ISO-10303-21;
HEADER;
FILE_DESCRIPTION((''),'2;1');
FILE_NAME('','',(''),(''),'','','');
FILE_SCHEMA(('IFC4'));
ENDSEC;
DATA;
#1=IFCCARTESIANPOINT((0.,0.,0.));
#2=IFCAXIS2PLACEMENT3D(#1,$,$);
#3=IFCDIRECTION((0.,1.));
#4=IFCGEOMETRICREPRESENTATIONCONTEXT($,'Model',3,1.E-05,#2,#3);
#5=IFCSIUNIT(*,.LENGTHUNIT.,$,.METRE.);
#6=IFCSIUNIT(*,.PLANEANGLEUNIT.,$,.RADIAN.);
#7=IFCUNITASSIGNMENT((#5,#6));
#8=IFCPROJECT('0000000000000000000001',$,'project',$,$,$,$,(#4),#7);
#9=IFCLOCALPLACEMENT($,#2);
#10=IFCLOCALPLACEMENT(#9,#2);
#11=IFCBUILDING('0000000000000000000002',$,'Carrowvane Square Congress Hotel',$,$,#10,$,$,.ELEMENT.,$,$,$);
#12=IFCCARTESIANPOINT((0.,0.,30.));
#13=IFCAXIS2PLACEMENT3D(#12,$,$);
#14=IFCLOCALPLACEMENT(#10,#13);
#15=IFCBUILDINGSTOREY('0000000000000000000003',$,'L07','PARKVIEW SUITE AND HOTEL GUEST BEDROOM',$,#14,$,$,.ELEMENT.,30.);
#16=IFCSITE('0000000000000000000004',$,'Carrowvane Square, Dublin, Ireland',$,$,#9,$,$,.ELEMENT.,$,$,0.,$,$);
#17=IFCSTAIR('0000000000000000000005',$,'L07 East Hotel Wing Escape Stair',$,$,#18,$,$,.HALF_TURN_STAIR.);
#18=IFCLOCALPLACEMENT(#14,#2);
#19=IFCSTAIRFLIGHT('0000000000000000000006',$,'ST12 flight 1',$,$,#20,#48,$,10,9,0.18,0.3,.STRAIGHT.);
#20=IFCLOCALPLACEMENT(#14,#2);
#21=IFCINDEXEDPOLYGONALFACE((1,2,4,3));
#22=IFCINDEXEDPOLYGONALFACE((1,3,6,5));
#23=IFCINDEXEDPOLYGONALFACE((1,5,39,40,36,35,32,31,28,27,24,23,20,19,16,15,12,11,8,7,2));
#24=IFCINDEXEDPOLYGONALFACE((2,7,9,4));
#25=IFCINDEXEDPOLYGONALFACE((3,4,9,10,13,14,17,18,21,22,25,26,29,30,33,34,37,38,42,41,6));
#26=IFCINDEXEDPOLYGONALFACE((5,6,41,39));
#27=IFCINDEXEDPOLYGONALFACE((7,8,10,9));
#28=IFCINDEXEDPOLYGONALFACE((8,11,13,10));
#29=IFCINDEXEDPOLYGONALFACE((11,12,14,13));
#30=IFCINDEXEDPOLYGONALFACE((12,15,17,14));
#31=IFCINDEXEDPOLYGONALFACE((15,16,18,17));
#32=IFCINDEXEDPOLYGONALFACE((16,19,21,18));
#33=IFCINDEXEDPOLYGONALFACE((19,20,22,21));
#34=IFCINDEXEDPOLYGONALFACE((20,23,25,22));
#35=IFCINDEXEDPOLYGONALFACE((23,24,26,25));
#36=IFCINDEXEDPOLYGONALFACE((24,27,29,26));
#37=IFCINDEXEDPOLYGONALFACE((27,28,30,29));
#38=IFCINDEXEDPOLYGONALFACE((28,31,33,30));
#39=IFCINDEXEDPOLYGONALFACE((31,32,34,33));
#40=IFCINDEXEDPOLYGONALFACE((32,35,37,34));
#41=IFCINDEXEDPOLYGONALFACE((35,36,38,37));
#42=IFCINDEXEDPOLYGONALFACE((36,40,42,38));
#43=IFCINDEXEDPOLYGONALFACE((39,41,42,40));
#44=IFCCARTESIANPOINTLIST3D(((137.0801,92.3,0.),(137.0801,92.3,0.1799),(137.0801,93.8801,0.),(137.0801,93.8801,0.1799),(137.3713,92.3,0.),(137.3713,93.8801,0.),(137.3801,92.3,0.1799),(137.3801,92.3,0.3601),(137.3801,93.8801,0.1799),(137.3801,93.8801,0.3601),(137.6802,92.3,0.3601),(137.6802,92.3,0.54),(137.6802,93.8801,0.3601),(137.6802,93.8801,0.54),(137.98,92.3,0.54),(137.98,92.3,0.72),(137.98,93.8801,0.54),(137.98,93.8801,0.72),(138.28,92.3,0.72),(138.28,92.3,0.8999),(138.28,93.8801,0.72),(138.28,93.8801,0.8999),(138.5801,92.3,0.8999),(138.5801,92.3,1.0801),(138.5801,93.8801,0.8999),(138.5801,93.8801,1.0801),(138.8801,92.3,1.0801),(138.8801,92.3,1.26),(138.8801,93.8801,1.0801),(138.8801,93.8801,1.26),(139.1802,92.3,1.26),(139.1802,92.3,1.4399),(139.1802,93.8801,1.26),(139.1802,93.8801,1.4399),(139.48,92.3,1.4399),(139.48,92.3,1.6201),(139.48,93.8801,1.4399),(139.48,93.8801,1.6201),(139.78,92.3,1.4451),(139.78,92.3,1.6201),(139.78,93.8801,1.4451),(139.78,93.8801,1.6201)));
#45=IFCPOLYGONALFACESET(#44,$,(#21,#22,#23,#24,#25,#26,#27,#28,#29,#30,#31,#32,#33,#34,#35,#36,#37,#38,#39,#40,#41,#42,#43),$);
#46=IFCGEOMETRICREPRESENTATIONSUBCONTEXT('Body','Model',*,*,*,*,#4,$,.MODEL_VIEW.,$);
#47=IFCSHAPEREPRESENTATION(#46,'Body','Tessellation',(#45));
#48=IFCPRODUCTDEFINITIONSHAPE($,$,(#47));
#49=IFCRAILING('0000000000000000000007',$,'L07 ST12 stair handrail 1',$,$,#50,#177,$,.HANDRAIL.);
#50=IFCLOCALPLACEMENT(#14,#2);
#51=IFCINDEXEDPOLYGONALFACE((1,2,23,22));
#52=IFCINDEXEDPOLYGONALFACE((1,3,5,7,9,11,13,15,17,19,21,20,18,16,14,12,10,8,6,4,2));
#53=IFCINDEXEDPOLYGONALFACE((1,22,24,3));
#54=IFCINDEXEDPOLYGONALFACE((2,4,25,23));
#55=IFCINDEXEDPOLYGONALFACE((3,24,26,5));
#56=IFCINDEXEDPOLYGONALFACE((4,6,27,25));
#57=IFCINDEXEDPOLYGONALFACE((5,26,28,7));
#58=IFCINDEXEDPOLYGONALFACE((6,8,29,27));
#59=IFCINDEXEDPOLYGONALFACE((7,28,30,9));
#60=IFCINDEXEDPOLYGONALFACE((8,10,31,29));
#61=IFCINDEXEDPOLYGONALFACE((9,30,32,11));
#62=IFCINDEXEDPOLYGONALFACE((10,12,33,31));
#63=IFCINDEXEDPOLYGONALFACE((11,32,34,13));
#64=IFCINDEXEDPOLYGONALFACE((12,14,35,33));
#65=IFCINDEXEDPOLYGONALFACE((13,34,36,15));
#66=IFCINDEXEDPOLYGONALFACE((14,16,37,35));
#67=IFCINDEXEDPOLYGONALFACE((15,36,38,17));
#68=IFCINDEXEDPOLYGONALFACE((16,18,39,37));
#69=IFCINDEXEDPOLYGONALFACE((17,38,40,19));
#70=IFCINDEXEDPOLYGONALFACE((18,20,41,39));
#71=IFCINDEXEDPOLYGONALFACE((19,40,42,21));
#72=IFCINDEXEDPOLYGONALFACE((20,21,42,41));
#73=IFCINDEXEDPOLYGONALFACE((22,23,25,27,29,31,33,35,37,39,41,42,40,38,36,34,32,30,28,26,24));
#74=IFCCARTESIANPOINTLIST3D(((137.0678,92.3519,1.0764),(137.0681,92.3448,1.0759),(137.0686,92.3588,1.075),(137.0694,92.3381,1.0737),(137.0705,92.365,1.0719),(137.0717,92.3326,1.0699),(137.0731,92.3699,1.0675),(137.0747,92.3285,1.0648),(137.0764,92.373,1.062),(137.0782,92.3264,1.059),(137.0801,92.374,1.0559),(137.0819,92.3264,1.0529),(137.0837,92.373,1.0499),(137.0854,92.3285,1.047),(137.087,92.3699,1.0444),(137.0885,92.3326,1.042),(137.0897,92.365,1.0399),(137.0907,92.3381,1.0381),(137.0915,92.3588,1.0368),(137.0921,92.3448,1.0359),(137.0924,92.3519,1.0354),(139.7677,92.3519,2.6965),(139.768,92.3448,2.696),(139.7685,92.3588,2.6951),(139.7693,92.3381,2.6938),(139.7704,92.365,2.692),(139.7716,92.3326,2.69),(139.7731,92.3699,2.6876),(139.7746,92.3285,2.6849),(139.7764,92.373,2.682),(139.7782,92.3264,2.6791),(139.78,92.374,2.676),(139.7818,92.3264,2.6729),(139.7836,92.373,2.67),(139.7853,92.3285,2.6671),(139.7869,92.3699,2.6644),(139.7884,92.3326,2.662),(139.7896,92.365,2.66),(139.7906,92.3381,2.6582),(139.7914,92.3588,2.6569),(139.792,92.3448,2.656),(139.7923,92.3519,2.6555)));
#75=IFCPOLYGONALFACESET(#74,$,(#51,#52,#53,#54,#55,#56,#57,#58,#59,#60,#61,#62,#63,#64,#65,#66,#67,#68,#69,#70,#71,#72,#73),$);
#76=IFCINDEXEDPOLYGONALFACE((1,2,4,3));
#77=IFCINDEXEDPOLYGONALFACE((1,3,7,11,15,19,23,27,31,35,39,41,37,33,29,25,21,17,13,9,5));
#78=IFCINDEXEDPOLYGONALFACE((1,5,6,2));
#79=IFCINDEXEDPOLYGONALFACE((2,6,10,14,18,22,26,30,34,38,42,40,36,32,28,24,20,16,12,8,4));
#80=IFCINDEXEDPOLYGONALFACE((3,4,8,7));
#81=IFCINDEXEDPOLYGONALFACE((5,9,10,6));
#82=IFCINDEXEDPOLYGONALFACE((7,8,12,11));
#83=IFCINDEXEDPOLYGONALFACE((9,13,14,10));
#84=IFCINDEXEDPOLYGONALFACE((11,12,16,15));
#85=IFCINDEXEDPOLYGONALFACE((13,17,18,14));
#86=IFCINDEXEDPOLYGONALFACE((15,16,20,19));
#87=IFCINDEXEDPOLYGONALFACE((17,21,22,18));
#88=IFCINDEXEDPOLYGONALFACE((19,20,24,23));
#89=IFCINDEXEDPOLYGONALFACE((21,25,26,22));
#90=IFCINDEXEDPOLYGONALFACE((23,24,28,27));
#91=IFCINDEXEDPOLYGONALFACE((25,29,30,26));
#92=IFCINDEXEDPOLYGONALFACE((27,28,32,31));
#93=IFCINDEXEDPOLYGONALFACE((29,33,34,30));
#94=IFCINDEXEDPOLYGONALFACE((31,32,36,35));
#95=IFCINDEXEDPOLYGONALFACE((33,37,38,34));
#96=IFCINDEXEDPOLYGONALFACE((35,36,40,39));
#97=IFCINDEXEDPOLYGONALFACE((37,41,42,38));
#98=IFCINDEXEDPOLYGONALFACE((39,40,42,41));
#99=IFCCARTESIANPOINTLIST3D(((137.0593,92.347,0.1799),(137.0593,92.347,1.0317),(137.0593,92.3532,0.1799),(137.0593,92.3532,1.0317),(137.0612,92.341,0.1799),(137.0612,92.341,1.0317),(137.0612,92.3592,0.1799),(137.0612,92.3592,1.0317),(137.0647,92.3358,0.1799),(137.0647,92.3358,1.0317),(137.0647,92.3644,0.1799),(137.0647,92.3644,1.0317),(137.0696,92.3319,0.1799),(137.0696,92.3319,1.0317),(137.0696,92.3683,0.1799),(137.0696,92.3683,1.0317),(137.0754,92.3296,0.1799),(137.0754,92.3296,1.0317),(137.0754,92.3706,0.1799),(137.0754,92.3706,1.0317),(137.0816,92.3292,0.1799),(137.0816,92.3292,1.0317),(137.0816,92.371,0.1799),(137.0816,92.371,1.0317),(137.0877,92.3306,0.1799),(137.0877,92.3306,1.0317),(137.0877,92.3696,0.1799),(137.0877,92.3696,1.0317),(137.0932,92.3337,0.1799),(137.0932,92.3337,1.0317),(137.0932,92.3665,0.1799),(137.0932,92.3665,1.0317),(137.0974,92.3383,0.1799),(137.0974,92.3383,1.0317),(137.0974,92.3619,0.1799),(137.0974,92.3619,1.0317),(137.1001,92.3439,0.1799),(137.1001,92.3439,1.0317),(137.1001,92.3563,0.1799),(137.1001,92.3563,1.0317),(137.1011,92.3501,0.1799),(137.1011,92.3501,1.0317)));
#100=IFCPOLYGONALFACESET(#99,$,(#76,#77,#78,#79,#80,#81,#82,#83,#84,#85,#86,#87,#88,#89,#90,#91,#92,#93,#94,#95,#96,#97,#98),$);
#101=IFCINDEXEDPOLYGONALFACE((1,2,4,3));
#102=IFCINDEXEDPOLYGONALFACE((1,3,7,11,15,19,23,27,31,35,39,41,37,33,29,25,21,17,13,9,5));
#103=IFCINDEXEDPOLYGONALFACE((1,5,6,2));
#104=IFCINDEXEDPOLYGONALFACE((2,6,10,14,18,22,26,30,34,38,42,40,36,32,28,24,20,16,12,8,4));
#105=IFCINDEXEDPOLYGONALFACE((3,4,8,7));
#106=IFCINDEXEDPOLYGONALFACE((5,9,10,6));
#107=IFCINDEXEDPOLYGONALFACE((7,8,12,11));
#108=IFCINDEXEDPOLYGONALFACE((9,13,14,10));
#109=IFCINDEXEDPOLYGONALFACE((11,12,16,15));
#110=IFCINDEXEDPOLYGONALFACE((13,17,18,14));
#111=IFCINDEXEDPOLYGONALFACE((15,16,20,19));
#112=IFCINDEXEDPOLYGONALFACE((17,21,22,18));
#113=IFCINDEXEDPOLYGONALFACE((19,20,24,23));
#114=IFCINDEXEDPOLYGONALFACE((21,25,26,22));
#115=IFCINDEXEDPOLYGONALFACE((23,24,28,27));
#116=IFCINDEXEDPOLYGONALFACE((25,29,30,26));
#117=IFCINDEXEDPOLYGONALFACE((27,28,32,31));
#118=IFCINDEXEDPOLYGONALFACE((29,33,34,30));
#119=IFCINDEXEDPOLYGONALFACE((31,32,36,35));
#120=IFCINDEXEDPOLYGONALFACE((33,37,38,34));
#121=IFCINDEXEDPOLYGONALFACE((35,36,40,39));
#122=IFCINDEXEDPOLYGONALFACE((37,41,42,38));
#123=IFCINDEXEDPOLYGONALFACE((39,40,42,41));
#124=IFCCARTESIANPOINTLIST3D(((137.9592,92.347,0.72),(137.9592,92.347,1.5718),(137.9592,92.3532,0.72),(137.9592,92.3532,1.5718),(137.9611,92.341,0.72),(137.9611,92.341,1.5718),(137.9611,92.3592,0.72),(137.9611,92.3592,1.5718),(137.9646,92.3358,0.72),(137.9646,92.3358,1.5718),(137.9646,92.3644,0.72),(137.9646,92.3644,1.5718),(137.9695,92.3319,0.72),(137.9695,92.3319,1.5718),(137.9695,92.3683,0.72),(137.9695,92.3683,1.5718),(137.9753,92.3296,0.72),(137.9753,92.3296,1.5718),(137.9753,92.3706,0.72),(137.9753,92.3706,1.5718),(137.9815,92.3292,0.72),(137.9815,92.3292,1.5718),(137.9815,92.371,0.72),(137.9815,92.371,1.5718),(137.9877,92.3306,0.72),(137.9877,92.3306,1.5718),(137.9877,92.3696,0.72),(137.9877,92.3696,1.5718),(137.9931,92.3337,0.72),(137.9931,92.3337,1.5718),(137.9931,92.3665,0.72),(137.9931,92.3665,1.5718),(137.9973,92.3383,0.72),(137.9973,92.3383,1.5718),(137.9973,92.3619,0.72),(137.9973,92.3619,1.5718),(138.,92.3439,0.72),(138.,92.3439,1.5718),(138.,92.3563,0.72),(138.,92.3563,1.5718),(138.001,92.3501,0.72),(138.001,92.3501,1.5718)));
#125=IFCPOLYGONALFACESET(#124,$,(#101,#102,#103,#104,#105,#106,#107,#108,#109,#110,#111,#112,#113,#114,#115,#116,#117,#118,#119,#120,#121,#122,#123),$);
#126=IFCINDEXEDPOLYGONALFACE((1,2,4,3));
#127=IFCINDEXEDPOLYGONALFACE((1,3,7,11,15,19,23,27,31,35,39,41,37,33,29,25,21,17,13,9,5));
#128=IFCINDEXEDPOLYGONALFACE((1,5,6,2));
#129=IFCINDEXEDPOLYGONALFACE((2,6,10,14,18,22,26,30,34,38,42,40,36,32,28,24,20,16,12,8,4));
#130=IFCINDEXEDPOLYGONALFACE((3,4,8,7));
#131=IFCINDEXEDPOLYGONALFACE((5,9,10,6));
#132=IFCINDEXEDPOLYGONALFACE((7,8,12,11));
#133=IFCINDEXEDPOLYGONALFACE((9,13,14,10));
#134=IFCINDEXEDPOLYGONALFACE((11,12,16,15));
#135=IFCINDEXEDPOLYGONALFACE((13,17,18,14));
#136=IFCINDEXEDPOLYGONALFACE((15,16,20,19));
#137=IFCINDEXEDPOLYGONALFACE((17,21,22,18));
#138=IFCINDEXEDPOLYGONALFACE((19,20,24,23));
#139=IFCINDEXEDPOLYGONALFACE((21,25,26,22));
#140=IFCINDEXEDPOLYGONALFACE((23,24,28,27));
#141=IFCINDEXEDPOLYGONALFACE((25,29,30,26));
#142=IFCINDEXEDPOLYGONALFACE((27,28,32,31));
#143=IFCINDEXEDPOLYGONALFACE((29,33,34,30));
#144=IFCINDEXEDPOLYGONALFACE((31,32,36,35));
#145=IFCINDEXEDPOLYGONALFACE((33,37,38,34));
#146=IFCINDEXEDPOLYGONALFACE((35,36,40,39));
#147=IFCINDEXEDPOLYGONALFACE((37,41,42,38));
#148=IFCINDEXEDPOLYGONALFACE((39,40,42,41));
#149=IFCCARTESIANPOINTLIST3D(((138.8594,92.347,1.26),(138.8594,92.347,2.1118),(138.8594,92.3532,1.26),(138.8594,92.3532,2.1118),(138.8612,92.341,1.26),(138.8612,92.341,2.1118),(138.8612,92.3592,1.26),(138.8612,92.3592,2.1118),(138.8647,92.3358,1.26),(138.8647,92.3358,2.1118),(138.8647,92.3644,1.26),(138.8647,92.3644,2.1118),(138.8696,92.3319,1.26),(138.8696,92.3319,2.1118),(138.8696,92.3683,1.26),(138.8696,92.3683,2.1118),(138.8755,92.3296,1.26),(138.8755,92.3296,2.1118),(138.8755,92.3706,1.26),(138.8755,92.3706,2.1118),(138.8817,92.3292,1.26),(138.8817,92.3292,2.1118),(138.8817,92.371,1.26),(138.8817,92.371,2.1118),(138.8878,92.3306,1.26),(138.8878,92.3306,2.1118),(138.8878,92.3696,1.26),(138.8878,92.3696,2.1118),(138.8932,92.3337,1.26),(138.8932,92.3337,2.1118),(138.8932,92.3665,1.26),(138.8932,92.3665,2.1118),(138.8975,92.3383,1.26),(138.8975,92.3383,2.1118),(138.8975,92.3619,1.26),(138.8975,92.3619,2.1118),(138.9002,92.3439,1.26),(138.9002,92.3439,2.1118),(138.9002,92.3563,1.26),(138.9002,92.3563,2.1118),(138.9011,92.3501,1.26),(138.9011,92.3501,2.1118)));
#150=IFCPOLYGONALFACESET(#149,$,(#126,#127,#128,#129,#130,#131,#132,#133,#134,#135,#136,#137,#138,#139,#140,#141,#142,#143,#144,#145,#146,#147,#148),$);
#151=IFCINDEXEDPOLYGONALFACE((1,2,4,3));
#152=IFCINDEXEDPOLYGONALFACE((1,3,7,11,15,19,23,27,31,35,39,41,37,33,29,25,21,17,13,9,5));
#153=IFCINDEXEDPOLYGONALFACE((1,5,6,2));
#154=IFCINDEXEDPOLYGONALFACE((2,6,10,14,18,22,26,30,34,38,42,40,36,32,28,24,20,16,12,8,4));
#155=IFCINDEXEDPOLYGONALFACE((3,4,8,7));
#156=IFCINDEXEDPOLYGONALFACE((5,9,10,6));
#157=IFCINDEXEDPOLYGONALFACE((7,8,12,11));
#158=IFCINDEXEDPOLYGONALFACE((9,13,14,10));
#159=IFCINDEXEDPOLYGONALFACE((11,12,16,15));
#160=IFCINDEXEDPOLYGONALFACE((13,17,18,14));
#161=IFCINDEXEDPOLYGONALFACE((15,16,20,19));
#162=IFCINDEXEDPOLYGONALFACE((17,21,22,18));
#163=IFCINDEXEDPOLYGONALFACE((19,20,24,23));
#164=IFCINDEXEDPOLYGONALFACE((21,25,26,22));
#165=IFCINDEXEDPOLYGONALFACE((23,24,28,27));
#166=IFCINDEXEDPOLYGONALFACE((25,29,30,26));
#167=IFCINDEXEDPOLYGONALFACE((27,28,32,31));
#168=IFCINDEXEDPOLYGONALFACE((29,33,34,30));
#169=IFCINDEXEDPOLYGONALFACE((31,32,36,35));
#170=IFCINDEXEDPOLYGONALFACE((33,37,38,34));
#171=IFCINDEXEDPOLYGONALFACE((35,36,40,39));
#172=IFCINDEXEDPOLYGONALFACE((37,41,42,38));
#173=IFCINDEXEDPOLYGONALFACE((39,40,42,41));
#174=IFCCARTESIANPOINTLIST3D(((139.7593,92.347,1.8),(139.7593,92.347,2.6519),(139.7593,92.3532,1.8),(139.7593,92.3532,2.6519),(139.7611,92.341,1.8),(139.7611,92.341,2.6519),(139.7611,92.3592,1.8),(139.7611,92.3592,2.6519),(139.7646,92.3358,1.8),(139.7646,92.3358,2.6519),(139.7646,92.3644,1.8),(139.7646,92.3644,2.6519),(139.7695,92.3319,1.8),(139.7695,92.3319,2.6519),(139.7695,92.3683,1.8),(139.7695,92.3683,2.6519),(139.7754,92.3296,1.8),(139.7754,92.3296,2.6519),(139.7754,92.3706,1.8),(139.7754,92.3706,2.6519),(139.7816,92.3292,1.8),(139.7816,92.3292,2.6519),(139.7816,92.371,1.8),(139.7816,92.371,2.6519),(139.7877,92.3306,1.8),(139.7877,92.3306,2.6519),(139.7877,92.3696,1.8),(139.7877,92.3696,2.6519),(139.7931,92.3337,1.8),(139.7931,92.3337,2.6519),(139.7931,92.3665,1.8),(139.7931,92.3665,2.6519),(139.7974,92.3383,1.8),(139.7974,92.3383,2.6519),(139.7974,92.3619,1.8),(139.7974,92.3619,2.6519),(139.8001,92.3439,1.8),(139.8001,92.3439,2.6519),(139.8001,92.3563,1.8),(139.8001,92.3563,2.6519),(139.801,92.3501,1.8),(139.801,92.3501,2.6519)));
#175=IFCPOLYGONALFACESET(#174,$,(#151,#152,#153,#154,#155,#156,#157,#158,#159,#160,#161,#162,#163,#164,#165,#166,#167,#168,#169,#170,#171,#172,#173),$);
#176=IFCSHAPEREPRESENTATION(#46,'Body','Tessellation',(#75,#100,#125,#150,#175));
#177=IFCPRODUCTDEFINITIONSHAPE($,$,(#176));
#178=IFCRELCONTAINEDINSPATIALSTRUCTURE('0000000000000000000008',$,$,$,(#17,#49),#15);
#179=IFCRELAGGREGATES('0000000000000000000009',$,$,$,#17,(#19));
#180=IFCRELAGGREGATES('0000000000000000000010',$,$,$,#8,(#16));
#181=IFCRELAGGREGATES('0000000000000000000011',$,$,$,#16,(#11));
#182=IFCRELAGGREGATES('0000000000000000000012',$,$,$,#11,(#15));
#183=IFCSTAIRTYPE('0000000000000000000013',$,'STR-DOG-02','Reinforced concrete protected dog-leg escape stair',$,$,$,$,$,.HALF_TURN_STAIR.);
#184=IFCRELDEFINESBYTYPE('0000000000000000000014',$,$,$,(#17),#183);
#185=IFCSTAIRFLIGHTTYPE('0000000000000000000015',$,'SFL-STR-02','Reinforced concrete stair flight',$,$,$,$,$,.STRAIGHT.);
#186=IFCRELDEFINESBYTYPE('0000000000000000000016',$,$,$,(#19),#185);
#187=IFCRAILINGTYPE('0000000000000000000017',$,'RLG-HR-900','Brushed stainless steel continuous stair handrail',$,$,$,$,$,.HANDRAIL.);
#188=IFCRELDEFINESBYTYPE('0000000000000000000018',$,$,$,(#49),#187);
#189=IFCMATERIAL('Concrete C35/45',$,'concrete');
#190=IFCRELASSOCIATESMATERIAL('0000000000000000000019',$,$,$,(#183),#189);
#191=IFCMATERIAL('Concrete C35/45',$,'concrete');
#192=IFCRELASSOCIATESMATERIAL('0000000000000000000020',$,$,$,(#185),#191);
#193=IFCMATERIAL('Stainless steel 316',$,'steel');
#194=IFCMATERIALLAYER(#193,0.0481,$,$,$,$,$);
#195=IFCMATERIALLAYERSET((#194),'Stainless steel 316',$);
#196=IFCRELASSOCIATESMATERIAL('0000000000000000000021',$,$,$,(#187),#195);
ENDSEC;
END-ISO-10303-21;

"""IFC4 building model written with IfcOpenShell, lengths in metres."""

from ifc_helpers import new_model, si_unit, direction, frame, origin, origin_2d, place, context, subcontext, project, spatial, polyline, circle, outline, extrude, material, layer, layer_set, type_object, element, aggregate, save


model = new_model("IFC4")

# Units and contexts
model_context = context("Model", 3, precision=1e-05, world=origin(), true_north=direction((0.0, 1.0)))
body_context = subcontext(model_context, "Body", "Model", "MODEL_VIEW")
ifc_project = project(units=[si_unit("LENGTHUNIT", "METRE"), si_unit("PLANEANGLEUNIT", "RADIAN")], contexts=[model_context])

# Site, building, storey
site_placement = place(None, origin())
site = spatial("IfcSite", under=ifc_project, at=site_placement, Name="Carrowvane Square, Dublin, Ireland", CompositionType="ELEMENT", RefElevation=0.0)
building_placement = place(site_placement, origin())
building = spatial("IfcBuilding", under=site, at=building_placement, Name="Carrowvane Square Congress Hotel", CompositionType="ELEMENT")
storey_placement = place(building_placement, frame((0.0, 0.0, 30.0)))
storey = spatial("IfcBuildingStorey", under=building, at=storey_placement, Name="L07", Description="PARKVIEW SUITE AND HOTEL GUEST BEDROOM", CompositionType="ELEMENT", Elevation=30.0)

# Stair, stair flight
ifc_material_1 = material(Name="Concrete C35/45", Category="concrete")
stair_type = type_object("IfcStairType", Name="STR-DOG-02", Description="Reinforced concrete protected dog-leg escape stair", PredefinedType="HALF_TURN_STAIR", material=ifc_material_1)
stair_placement = place(storey_placement, origin())
stair = element("IfcStair", 1, at=stair_placement, inside=storey, type_object=stair_type, Name="L07 East Hotel Wing Escape Stair", PredefinedType="HALF_TURN_STAIR")
ifc_material_2 = material(Name="Concrete C35/45", Category="concrete")
stair_flight_type = type_object("IfcStairFlightType", Name="SFL-STR-02", Description="Reinforced concrete stair flight", PredefinedType="STRAIGHT", material=ifc_material_2)
stair_flight_placement = place(storey_placement, frame((137.0801, 93.0901, 0.0), z_axis=(0.0, 0.0, 1.0), x_axis=(1.0, 0.0, 0.0)))
stair_flight = element("IfcStairFlight", 2, at=stair_flight_placement, type_object=stair_flight_type, Name="ST12 flight 1", NumberOfRisers=10, NumberOfTreads=9, PredefinedType="STRAIGHT", RiserHeight=0.18, TreadLength=0.3, context=body_context, shape_type="SweptSolid", body=[
    extrude(outline(polyline([(0.0, 0.0), (0.0, 0.1799), (0.3, 0.1799), (0.3, 0.3601), (0.6001, 0.3601), (0.6001, 0.54), (0.8999, 0.54), (0.8999, 0.72), (1.2, 0.72), (1.2, 0.8999), (1.5, 0.8999), (1.5, 1.0801), (1.8, 1.0801), (1.8, 1.26), (2.1001, 1.26), (2.1001, 1.4399), (2.3999, 1.4399), (2.3999, 1.6201), (2.7, 1.6201), (2.7, 1.8), (2.7, 1.4451), (0.2913, 0.0), (0.0, 0.0)])), frame((0.0, 0.79, 0.0), z_axis=(0.0, -1.0, 0.0), x_axis=(1.0, 0.0, 0.0)), (0.0, 0.0, 1.0), 1.5801),
])
aggregate(stair, [stair_flight])

# Railing
ifc_material_3 = material(Name="Stainless steel 316", Category="steel")
ifc_layer_1 = layer(ifc_material_3, 0.0481)
ifc_layer_set_1 = layer_set([ifc_layer_1], Name="Stainless steel 316")
railing_type_1 = type_object("IfcRailingType", Name="RLG-HR-900", Description="Brushed stainless steel continuous stair handrail", PredefinedType="HANDRAIL", material=ifc_layer_set_1)
railing_1_placement = place(storey_placement, frame((137.0801, 92.3501, 0.1799)))
element("IfcRailing", 3, at=railing_1_placement, inside=storey, type_object=railing_type_1, Name="L07 ST12 stair handrail 1", PredefinedType="HANDRAIL", context=body_context, shape_type="SweptSolid", body=[
    extrude(circle(Radius=0.0239, at=origin_2d()), frame((0.0, 0.0, 0.876), z_axis=(0.857472, 0.0, 0.51453), x_axis=(0.0, 1.0, 0.0)), (0.0, 0.0, 1.0), 3.1487),
    extrude(circle(Radius=0.021, at=origin_2d()), origin(), (0.0, 0.0, 1.0), 0.8518),
    extrude(circle(Radius=0.021, at=origin_2d()), frame((0.8999, 0.0, 0.54)), (0.0, 0.0, 1.0), 0.8518),
    extrude(circle(Radius=0.021, at=origin_2d()), frame((1.8, 0.0, 1.0801)), (0.0, 0.0, 1.0), 0.8518),
    extrude(circle(Radius=0.021, at=origin_2d()), frame((2.7, 0.0, 1.6201)), (0.0, 0.0, 1.0), 0.8518),
])

save(model, "model.ifc")
